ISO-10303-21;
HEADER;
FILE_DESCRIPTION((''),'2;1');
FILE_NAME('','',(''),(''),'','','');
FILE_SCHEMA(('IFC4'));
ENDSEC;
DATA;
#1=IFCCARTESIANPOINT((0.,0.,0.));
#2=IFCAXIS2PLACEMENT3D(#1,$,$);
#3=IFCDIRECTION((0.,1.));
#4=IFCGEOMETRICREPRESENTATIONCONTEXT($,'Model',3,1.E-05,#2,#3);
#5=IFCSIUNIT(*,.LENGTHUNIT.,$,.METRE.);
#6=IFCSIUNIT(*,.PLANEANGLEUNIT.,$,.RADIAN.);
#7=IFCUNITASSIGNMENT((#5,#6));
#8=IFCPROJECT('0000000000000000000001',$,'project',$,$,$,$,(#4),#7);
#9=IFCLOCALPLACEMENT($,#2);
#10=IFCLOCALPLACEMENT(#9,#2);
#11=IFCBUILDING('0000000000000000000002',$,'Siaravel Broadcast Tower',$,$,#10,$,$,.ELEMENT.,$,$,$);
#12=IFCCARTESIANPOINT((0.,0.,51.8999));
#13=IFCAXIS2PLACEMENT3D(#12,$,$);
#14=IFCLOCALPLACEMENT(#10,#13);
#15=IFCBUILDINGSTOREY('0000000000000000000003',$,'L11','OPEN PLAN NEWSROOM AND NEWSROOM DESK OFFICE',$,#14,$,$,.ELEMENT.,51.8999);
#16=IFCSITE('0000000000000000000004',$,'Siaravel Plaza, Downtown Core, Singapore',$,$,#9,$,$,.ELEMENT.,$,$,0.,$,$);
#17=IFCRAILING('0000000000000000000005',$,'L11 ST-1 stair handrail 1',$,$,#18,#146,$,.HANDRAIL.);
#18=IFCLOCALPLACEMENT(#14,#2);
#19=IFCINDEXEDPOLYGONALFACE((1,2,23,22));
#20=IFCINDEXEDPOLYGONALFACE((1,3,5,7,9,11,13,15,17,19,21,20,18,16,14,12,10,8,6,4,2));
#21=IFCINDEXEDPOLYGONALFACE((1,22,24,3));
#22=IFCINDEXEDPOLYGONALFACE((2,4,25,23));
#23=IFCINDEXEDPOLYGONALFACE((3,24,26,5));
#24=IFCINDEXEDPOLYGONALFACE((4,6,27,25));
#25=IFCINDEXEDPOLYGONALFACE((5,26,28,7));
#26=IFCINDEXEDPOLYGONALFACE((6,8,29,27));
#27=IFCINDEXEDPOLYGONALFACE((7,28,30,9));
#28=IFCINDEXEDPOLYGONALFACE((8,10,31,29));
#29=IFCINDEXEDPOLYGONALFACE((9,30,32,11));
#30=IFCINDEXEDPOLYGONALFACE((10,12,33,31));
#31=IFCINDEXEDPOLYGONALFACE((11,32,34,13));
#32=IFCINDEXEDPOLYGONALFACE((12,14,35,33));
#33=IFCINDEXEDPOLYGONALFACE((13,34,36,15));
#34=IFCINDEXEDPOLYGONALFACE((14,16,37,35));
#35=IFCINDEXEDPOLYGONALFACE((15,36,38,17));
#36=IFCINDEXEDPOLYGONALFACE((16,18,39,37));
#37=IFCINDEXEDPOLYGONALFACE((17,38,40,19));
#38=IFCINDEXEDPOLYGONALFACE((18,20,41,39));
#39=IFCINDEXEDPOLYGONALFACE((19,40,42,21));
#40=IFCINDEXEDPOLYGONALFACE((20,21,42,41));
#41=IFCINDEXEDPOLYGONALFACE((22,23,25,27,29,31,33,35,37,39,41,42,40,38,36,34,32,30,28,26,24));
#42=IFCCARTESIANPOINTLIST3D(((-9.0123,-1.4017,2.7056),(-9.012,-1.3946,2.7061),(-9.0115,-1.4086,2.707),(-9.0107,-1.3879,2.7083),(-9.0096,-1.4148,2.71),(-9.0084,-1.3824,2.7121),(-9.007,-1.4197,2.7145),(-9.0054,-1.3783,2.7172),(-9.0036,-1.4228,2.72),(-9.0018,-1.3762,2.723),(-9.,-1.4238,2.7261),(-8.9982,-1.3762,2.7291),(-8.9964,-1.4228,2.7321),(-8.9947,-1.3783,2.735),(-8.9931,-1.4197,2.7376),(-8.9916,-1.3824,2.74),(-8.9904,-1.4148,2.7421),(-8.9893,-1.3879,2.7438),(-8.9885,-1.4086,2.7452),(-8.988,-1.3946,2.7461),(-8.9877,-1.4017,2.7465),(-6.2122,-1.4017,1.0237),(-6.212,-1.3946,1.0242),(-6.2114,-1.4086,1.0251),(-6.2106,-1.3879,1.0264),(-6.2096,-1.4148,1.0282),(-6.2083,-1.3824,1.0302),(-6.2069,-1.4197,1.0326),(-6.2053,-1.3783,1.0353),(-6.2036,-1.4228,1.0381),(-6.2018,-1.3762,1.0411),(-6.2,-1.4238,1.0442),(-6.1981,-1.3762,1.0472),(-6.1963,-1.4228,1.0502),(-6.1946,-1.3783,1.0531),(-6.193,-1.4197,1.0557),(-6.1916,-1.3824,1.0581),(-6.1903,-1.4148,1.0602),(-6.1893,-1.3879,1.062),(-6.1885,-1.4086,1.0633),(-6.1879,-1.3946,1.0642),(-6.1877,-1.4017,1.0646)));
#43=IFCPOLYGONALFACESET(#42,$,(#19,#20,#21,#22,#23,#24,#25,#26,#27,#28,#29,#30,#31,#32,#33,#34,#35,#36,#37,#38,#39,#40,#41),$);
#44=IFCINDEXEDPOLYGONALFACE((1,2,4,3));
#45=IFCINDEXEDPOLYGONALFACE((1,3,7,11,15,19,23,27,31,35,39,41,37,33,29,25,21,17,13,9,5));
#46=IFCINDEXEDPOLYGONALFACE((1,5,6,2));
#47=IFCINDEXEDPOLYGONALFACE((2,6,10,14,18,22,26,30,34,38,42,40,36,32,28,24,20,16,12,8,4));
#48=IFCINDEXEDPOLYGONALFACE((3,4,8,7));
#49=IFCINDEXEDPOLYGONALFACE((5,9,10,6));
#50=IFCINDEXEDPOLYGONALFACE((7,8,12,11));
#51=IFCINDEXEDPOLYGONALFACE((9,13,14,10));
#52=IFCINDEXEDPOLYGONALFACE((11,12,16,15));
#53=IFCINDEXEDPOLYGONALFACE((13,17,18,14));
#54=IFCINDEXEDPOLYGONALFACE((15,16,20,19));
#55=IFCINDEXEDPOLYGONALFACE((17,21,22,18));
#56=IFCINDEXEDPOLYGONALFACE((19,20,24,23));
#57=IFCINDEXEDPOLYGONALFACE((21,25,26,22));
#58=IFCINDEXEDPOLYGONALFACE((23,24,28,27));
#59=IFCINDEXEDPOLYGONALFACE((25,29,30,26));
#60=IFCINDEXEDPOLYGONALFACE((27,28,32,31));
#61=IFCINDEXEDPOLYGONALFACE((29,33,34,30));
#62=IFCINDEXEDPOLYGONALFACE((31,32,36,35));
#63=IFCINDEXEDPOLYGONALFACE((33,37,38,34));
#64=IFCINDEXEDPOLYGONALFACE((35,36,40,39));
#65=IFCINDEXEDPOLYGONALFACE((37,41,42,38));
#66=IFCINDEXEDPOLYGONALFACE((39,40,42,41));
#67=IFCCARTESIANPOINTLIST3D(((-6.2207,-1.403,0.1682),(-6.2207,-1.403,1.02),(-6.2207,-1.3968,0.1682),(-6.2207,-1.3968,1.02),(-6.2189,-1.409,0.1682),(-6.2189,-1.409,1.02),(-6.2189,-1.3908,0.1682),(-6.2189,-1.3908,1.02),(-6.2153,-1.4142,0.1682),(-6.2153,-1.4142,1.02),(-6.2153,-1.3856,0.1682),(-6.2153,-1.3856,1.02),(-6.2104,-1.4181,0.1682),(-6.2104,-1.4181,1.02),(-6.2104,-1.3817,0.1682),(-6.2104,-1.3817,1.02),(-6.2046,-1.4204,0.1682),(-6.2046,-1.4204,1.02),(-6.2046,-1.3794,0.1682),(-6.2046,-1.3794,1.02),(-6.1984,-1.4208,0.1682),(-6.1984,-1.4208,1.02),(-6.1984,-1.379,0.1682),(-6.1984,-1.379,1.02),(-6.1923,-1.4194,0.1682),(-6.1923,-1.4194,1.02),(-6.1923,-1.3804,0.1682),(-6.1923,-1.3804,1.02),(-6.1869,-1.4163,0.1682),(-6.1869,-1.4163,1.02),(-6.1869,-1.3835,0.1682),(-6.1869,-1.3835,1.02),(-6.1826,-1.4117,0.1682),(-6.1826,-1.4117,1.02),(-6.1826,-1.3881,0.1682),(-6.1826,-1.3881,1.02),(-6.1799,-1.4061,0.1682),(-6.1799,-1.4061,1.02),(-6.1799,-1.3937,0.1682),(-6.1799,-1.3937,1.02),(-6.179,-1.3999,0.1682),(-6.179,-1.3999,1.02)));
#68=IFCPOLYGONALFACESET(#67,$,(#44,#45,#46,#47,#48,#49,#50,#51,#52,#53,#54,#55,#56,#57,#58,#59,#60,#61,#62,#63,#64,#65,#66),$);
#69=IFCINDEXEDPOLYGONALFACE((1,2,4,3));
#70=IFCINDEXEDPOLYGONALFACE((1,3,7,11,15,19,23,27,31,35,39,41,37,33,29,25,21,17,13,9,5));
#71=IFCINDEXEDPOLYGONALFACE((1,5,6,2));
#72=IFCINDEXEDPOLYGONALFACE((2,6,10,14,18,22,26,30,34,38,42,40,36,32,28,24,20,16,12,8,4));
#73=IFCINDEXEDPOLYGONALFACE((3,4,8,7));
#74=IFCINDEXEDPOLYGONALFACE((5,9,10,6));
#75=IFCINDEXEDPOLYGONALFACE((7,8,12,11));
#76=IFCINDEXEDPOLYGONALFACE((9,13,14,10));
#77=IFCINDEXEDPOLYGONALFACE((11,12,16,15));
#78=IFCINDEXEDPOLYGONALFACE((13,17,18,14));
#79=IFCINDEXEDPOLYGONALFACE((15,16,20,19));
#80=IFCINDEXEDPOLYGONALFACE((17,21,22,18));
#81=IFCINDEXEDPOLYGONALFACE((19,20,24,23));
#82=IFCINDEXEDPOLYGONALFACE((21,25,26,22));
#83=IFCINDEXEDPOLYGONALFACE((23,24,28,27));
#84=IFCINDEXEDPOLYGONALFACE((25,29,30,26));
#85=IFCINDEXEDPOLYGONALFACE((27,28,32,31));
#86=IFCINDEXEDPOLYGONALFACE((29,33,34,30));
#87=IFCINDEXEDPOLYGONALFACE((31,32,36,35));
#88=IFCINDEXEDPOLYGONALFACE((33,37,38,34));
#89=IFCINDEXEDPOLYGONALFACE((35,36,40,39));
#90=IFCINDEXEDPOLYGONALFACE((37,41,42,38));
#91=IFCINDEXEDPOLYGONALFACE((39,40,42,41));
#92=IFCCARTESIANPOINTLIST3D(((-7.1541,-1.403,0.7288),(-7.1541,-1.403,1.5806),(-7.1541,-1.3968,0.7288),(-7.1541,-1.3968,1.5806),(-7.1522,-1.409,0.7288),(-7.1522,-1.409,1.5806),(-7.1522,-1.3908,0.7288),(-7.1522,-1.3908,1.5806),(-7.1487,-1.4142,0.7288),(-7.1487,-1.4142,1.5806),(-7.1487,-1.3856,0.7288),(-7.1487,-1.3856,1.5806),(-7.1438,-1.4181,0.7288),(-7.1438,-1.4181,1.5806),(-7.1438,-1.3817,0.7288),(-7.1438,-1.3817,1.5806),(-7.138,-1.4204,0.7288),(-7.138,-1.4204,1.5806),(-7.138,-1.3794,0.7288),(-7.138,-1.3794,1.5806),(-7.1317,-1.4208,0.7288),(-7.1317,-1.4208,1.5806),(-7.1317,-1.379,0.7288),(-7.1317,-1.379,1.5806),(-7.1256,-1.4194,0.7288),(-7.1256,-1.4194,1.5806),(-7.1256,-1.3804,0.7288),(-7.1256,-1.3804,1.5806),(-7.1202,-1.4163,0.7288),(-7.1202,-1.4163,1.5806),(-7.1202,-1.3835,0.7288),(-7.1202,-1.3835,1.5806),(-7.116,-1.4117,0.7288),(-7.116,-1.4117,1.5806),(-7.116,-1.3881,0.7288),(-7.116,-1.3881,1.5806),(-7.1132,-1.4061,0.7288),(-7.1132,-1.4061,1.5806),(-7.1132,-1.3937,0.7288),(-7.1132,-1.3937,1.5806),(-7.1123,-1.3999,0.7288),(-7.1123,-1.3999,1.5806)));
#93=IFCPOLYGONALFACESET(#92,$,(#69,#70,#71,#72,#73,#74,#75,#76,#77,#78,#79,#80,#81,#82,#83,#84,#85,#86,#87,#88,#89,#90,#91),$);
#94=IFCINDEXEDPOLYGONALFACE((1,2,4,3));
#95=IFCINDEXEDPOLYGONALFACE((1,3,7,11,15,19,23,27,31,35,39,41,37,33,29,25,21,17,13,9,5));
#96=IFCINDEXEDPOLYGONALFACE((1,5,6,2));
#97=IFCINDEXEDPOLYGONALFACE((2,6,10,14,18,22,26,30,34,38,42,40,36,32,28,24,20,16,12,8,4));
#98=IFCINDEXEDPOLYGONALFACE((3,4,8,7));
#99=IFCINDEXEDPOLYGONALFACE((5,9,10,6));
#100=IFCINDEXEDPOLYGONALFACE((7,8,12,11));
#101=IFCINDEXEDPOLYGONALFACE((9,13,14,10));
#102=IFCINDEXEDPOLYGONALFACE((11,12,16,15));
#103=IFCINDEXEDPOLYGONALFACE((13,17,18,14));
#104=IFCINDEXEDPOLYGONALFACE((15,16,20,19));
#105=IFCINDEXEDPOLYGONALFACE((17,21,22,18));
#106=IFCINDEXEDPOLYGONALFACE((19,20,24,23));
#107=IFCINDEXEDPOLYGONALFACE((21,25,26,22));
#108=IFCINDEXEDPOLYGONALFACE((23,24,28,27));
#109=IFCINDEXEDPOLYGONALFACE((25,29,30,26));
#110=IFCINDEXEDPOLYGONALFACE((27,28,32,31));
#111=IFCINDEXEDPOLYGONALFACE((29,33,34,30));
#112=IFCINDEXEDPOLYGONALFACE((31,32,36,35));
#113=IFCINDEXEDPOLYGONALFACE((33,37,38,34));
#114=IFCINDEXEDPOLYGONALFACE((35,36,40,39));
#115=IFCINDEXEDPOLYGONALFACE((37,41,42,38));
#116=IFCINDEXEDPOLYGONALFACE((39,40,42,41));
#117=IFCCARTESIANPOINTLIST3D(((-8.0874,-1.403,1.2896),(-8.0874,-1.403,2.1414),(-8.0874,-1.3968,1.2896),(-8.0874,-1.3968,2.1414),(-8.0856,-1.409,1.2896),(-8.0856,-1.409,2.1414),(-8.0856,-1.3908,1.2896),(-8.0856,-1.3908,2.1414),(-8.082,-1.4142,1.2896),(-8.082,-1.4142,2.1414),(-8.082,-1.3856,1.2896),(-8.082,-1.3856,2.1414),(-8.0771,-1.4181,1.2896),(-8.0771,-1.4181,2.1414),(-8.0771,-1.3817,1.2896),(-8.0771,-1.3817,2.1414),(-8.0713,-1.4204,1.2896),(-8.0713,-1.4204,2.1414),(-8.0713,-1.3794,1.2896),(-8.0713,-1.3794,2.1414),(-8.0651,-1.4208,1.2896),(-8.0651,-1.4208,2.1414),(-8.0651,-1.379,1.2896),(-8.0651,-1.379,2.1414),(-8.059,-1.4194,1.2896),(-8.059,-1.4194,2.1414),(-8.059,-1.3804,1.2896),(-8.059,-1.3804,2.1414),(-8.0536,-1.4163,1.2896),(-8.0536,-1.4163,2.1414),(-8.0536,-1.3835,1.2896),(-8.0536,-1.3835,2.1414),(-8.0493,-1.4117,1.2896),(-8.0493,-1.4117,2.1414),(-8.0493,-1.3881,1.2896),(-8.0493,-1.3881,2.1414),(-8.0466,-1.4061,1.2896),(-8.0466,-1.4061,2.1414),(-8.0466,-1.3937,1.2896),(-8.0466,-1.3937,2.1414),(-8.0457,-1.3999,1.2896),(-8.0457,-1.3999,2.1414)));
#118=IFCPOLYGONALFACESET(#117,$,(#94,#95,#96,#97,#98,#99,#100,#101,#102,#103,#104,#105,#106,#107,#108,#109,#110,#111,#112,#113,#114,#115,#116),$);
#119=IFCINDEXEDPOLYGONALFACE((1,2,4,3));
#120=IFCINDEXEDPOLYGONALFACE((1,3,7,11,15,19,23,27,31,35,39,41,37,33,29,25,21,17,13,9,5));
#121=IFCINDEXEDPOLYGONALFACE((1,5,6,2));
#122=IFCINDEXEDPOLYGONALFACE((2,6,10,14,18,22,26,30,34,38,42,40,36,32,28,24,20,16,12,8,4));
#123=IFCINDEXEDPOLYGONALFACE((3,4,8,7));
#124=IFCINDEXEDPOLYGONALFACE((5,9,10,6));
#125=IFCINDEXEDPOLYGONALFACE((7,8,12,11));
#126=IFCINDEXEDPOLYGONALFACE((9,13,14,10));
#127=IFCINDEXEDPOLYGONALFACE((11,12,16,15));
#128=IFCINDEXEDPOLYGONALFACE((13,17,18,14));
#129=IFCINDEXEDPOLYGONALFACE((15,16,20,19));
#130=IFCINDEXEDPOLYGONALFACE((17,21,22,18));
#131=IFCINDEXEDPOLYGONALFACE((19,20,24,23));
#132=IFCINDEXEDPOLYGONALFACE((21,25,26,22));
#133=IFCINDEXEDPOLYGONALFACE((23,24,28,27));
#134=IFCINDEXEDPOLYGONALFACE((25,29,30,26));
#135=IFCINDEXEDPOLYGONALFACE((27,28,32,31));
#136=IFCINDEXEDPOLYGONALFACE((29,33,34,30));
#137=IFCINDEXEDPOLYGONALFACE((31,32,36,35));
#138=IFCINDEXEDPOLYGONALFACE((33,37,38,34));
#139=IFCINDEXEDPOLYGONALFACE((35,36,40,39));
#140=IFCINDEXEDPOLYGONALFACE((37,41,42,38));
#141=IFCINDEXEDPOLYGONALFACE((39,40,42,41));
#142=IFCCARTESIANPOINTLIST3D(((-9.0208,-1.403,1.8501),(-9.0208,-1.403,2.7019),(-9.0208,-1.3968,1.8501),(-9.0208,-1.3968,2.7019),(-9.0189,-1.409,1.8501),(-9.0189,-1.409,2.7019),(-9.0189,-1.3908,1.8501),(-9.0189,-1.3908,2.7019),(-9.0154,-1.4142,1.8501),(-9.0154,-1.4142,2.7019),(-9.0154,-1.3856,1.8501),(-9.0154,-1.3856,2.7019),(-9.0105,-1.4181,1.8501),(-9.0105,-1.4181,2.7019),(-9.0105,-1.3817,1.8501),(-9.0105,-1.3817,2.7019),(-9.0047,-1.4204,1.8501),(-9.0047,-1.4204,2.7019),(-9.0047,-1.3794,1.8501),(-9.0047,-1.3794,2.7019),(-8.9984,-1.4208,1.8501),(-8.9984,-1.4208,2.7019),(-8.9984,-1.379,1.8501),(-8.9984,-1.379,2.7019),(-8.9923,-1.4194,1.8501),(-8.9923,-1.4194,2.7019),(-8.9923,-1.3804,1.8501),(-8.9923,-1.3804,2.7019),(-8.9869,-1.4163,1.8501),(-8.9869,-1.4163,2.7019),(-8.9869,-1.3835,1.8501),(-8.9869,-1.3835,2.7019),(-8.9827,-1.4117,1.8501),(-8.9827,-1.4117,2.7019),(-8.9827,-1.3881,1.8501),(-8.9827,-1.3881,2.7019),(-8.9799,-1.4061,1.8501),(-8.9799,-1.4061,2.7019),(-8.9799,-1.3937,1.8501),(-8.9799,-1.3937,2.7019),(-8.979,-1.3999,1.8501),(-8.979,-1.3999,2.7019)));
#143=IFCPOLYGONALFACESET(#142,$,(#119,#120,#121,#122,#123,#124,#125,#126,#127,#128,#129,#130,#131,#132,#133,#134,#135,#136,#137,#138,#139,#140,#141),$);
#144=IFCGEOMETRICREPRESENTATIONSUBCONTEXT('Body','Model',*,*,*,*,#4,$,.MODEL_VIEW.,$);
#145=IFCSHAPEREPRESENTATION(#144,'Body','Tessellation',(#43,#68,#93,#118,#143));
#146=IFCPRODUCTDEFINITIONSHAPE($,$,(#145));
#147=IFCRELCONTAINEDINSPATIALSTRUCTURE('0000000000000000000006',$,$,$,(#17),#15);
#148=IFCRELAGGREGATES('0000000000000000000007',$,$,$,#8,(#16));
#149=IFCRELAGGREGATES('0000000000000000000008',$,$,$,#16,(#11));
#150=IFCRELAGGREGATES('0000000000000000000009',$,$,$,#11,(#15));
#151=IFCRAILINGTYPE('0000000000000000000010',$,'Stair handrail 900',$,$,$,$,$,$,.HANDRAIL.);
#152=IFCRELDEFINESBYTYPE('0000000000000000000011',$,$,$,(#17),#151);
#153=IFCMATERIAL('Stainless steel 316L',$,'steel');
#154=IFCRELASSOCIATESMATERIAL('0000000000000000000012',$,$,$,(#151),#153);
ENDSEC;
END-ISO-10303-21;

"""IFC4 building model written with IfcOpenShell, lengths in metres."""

from ifc_helpers import new_model, si_unit, direction, frame, origin, origin_2d, place, context, subcontext, project, spatial, circle, extrude, material, type_object, element, save


model = new_model("IFC4")

# Units and contexts
model_context = context("Model", 3, precision=1e-05, world=origin(), true_north=direction((0.0, 1.0)))
body_context = subcontext(model_context, "Body", "Model", "MODEL_VIEW")
ifc_project = project(units=[si_unit("LENGTHUNIT", "METRE"), si_unit("PLANEANGLEUNIT", "RADIAN")], contexts=[model_context])

# Site, building, storey
site_placement = place(None, origin())
site = spatial("IfcSite", under=ifc_project, at=site_placement, Name="Siaravel Plaza, Downtown Core, Singapore", CompositionType="ELEMENT", RefElevation=0.0)
building_placement = place(site_placement, origin())
building = spatial("IfcBuilding", under=site, at=building_placement, Name="Siaravel Broadcast Tower", CompositionType="ELEMENT")
storey_placement = place(building_placement, frame((0.0, 0.0, 51.8999)))
storey = spatial("IfcBuildingStorey", under=building, at=storey_placement, Name="L11", Description="OPEN PLAN NEWSROOM AND NEWSROOM DESK OFFICE", CompositionType="ELEMENT", Elevation=51.8999)

# Railing
ifc_material_1 = material(Name="Stainless steel 316L", Category="steel")
railing_type_1 = type_object("IfcRailingType", Name="Stair handrail 900", PredefinedType="HANDRAIL", material=ifc_material_1)
railing_1_placement = place(storey_placement, frame((-6.2, -1.3999, 0.1682)))
element("IfcRailing", 1, at=railing_1_placement, inside=storey, type_object=railing_type_1, Name="L11 ST-1 stair handrail 1", PredefinedType="HANDRAIL", context=body_context, shape_type="SweptSolid", body=[
    extrude(circle(Radius=0.0239, at=origin_2d()), frame((0.0, 0.0, 0.876), z_axis=(-0.857242, 0.0, 0.514913), x_axis=(0.0, -1.0, 0.0)), (0.0, 0.0, 1.0), 3.2664),
    extrude(circle(Radius=0.021, at=origin_2d()), origin(), (0.0, 0.0, 1.0), 0.8518),
    extrude(circle(Radius=0.021, at=origin_2d()), frame((-0.9333, 0.0, 0.5605)), (0.0, 0.0, 1.0), 0.8518),
    extrude(circle(Radius=0.021, at=origin_2d()), frame((-1.8667, 0.0, 1.1213)), (0.0, 0.0, 1.0), 0.8518),
    extrude(circle(Radius=0.021, at=origin_2d()), frame((-2.8, 0.0, 1.6819)), (0.0, 0.0, 1.0), 0.8518),
])

save(model, "model.ifc")
